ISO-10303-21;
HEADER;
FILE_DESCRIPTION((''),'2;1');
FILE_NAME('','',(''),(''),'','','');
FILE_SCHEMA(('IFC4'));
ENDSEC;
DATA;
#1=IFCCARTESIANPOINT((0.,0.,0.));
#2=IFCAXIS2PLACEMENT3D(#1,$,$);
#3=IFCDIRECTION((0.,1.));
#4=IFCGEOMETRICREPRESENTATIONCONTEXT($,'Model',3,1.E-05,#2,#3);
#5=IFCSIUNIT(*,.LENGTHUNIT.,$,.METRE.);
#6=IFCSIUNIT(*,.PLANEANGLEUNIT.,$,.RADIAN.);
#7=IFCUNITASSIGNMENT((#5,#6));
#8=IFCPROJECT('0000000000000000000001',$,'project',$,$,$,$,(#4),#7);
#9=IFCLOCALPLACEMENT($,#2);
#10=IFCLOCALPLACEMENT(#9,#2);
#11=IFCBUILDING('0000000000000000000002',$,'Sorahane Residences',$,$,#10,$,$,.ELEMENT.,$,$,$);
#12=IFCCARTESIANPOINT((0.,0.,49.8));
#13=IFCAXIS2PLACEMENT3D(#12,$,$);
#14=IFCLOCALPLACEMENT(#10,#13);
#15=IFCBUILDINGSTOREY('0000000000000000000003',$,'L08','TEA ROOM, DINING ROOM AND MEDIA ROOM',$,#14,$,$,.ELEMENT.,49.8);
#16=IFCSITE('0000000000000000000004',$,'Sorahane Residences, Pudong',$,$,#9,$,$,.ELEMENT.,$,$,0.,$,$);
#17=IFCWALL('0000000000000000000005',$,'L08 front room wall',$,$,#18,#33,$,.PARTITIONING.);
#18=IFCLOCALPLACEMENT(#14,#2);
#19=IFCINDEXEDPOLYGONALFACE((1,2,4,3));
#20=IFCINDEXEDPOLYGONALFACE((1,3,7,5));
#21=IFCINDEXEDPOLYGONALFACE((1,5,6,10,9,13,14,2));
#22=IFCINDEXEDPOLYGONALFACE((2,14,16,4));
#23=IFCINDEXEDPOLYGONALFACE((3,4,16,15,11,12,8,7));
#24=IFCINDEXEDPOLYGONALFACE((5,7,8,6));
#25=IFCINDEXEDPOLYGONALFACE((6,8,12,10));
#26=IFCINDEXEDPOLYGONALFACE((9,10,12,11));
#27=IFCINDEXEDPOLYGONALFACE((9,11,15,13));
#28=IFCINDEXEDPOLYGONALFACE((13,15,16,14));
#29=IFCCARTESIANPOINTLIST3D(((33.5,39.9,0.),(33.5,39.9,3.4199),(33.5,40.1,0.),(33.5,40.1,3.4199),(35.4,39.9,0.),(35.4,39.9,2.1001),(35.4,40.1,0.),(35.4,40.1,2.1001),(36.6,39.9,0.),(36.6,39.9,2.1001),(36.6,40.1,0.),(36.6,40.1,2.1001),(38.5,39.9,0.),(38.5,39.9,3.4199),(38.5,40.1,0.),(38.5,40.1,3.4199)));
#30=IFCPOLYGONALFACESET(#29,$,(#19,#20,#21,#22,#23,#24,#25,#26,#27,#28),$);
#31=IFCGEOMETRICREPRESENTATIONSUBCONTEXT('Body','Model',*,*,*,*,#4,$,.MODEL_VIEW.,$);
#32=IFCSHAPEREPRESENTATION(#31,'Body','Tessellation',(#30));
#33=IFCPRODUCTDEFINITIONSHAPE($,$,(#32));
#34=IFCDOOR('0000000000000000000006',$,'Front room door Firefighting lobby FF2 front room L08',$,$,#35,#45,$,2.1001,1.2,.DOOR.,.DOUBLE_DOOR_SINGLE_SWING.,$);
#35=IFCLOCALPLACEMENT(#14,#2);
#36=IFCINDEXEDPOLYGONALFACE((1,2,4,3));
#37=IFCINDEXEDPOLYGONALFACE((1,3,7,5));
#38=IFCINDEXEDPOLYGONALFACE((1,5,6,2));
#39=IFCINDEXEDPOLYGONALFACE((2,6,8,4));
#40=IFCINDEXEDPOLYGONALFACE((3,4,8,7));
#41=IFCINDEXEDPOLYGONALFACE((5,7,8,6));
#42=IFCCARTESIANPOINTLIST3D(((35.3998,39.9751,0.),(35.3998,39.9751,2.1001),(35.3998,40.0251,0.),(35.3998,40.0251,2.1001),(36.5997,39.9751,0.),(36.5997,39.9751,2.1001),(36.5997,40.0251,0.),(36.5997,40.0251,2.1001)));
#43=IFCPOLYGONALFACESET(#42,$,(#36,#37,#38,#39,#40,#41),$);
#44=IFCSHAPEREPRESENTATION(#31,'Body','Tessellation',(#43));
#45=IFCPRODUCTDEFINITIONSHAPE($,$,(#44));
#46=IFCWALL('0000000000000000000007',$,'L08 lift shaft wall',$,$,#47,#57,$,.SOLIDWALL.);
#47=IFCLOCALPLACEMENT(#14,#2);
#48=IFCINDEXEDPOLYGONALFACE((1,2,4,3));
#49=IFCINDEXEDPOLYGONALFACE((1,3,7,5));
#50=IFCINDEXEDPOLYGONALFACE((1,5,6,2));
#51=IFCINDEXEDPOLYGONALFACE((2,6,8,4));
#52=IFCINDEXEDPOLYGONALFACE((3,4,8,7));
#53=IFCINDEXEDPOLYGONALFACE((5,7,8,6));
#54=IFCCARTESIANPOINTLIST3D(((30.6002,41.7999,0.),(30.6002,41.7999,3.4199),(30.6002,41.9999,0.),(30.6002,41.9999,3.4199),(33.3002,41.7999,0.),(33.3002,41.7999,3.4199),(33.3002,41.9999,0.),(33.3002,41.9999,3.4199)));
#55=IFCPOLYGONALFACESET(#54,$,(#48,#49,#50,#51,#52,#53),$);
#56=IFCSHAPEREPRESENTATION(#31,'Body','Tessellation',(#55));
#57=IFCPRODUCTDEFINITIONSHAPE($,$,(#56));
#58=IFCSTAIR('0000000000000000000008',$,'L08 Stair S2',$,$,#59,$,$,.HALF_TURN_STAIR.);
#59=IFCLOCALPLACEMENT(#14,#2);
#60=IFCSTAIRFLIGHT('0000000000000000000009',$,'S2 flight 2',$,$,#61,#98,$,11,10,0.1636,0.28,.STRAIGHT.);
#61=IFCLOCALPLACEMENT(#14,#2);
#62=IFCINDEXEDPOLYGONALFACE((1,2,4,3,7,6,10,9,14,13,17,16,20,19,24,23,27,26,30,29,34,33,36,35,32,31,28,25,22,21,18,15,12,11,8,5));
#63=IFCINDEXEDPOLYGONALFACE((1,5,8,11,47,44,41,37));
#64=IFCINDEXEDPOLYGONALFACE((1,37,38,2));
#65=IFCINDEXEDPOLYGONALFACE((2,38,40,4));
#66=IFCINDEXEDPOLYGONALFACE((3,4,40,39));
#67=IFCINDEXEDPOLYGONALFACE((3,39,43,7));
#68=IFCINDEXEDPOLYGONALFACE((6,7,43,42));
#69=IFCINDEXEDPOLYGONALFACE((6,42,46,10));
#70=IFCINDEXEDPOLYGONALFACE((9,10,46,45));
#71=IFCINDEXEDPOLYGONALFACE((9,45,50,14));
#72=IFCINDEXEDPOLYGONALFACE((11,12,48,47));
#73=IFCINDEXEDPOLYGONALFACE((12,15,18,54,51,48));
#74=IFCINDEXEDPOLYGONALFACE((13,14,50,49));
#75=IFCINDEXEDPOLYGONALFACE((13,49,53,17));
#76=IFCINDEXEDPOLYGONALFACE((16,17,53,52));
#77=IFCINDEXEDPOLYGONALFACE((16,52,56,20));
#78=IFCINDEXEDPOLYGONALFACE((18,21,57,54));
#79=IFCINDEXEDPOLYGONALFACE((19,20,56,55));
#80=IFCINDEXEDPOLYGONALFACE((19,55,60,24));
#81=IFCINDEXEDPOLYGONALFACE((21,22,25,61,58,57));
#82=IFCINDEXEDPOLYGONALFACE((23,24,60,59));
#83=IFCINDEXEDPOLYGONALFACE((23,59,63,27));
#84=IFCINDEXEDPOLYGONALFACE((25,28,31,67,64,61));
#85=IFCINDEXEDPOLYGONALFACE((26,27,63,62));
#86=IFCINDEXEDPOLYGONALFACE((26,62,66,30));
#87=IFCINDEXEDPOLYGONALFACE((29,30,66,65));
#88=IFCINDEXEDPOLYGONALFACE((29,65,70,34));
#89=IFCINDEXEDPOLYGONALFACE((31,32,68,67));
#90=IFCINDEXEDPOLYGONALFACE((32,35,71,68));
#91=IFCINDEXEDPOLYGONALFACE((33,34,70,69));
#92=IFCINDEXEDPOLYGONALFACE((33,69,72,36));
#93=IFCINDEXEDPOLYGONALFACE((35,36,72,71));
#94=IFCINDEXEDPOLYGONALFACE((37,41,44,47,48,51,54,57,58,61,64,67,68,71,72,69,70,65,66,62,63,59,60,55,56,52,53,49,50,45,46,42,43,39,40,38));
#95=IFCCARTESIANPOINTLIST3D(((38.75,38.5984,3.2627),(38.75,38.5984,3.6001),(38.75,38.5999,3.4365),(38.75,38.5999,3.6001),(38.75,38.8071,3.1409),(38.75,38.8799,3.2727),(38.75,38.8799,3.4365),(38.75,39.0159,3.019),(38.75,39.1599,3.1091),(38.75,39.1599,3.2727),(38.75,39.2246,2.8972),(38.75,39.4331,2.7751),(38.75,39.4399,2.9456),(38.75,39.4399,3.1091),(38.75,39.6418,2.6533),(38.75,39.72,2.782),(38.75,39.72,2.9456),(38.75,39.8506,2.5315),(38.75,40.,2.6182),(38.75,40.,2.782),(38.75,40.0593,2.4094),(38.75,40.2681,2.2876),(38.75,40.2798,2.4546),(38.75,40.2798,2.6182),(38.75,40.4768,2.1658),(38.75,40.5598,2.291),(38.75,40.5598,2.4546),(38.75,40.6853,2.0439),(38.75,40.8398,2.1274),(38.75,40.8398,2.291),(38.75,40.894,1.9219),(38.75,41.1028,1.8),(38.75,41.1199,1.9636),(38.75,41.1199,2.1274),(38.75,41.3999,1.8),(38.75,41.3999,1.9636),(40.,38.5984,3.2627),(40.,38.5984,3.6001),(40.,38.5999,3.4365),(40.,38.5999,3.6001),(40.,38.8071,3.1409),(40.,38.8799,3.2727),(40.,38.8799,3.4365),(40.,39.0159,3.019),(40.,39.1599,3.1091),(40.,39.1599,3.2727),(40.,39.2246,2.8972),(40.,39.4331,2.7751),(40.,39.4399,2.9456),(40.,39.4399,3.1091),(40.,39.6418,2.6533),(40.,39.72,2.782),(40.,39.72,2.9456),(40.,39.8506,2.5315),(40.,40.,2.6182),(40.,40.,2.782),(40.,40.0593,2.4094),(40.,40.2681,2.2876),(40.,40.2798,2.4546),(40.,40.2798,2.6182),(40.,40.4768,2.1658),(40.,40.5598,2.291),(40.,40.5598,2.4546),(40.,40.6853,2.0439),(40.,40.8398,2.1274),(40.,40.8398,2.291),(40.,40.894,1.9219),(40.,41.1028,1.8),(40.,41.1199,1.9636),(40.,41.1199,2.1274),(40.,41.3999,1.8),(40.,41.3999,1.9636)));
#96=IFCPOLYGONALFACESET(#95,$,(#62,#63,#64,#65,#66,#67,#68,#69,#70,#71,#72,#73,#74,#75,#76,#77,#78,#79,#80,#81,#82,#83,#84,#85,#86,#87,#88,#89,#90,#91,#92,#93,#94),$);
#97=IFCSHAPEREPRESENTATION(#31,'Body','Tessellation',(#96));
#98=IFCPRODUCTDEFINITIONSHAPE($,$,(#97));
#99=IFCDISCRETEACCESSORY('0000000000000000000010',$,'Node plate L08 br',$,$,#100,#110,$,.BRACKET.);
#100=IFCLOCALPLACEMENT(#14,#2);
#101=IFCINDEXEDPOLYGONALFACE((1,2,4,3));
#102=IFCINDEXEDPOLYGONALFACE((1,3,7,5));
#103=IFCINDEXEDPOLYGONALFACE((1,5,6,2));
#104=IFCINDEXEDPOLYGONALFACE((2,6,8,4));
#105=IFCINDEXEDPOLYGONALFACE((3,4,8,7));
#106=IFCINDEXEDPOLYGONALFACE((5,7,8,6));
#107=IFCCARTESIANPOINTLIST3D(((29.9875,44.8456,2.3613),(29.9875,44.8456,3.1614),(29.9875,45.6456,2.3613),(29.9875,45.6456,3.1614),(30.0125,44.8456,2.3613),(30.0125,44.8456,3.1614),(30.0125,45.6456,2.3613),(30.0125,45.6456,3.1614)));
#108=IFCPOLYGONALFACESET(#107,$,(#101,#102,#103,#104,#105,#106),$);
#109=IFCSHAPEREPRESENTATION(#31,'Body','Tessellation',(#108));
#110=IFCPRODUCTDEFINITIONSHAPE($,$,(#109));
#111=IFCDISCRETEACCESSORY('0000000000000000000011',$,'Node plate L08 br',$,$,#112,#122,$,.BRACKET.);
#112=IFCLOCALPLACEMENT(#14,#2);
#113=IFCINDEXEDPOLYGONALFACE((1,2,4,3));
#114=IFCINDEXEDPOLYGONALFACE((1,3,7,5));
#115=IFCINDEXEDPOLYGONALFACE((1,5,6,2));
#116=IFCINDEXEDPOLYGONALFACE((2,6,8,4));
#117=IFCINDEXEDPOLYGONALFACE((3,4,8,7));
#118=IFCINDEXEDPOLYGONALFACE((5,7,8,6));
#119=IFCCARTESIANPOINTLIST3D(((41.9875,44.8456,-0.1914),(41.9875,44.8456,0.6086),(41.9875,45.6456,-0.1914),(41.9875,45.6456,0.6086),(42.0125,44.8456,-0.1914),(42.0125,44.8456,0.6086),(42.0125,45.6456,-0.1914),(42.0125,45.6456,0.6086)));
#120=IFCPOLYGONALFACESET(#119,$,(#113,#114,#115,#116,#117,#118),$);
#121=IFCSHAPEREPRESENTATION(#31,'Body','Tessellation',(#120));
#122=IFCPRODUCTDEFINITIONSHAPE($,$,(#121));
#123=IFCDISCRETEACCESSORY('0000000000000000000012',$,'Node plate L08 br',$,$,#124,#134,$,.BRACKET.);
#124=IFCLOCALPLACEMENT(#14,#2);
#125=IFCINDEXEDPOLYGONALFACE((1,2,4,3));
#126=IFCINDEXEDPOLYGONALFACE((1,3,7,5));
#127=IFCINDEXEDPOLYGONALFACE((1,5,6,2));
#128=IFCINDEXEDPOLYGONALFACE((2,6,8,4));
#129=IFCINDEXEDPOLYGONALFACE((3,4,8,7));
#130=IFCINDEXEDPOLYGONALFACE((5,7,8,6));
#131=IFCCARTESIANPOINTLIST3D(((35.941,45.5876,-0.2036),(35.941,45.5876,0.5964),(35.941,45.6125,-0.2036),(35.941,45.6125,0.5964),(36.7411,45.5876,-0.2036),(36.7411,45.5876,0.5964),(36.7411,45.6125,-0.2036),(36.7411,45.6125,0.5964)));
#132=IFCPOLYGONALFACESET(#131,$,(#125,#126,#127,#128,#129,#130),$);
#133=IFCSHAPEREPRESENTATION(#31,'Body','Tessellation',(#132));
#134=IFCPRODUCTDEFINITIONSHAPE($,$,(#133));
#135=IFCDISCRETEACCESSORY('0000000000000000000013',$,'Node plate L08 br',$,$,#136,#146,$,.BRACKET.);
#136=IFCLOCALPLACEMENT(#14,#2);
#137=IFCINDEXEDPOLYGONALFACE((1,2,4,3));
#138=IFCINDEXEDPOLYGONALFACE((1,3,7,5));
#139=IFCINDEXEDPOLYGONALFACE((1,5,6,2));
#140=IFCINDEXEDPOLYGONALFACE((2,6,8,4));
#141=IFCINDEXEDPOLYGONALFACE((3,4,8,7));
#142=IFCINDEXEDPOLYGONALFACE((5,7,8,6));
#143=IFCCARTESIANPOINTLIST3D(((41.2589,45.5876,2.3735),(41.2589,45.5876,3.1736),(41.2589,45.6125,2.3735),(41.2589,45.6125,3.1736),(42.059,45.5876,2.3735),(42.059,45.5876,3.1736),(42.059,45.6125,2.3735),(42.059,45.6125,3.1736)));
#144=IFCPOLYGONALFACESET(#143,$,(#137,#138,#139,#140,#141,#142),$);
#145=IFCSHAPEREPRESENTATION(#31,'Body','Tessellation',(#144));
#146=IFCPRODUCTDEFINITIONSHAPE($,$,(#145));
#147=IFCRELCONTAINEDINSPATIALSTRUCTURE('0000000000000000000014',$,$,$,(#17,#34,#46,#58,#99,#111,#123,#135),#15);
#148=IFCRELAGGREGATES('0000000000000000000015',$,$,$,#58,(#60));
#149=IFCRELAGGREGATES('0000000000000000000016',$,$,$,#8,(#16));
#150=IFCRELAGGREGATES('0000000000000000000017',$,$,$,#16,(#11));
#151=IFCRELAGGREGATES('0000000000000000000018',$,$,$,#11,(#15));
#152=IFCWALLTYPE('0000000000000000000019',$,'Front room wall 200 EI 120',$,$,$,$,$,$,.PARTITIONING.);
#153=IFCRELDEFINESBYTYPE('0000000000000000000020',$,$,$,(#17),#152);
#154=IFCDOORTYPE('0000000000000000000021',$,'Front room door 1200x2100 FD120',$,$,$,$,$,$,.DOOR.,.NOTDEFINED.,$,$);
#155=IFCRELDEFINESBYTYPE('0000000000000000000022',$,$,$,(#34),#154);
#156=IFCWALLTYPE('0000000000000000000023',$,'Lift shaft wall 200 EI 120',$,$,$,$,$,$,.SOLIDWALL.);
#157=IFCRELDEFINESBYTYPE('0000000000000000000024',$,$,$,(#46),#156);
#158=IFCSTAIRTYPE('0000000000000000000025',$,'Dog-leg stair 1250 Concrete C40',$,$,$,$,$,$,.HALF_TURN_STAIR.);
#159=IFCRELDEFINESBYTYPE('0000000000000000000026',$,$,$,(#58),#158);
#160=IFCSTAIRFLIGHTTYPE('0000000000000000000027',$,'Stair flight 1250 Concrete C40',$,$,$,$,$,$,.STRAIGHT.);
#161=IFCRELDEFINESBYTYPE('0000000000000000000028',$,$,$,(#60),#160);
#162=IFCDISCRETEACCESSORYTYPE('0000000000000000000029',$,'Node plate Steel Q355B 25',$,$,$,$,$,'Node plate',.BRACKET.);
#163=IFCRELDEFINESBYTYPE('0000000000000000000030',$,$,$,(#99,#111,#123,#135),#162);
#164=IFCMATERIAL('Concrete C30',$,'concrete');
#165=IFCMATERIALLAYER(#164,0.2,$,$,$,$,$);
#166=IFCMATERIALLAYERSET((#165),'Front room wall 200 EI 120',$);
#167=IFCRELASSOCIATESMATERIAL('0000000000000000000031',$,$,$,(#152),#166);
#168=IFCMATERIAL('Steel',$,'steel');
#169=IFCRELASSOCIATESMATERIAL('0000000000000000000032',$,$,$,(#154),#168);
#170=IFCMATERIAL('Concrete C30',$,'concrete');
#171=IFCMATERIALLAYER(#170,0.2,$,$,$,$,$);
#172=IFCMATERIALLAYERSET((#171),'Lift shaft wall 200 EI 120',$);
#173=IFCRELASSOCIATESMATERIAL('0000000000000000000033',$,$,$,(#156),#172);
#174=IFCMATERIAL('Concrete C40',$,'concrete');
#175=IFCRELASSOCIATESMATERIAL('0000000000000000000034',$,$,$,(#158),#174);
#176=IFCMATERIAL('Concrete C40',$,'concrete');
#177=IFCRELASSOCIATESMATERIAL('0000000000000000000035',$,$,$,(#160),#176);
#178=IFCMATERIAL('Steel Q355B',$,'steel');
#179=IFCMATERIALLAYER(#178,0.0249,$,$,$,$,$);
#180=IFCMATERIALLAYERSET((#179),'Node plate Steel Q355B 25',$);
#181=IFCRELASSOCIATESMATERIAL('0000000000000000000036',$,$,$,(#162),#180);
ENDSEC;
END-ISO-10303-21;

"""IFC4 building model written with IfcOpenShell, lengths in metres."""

from ifc_helpers import new_model, si_unit, direction, frame, frame_2d, origin, origin_2d, place, context, subcontext, project, spatial, polyline, rectangle, outline, extrude, material, layer, layer_set, type_object, element, fill, aggregate, save


model = new_model("IFC4")

# Units and contexts
model_context = context("Model", 3, precision=1e-05, world=origin(), true_north=direction((0.0, 1.0)))
body_context = subcontext(model_context, "Body", "Model", "MODEL_VIEW")
ifc_project = project(units=[si_unit("LENGTHUNIT", "METRE"), si_unit("PLANEANGLEUNIT", "RADIAN")], contexts=[model_context])

# Site, building, storey
site_placement = place(None, origin())
site = spatial("IfcSite", under=ifc_project, at=site_placement, Name="Sorahane Residences, Pudong", CompositionType="ELEMENT", RefElevation=0.0)
building_placement = place(site_placement, origin())
building = spatial("IfcBuilding", under=site, at=building_placement, Name="Sorahane Residences", CompositionType="ELEMENT")
storey_placement = place(building_placement, frame((0.0, 0.0, 49.8)))
storey = spatial("IfcBuildingStorey", under=building, at=storey_placement, Name="L08", Description="TEA ROOM, DINING ROOM AND MEDIA ROOM", CompositionType="ELEMENT", Elevation=49.8)

# Wall, opening, door
ifc_material_1 = material(Name="Concrete C30", Category="concrete")
ifc_layer_1 = layer(ifc_material_1, 0.2)
ifc_layer_set_1 = layer_set([ifc_layer_1], Name="Front room wall 200 EI 120")
wall_type_1 = type_object("IfcWallType", Name="Front room wall 200 EI 120", PredefinedType="PARTITIONING", material=ifc_layer_set_1)
wall_1_placement = place(storey_placement, frame((33.5, 40.0, 0.0), z_axis=(0.0, 0.0, 1.0), x_axis=(1.0, 0.0, 0.0)))
wall_1 = element("IfcWall", 1, at=wall_1_placement, inside=storey, type_object=wall_type_1, Name="L08 front room wall", PredefinedType="PARTITIONING", context=body_context, shape_type="SweptSolid", body=[
    extrude(rectangle(XDim=5.0, YDim=0.2, at=frame_2d((2.5, 0.0))), origin(), (0.0, 0.0, 1.0), 3.4199),
])
opening_placement = place(wall_1_placement, frame((1.8999, 0.0, 0.0)))
opening = element("IfcOpeningElement", 2, at=opening_placement, cuts=wall_1, PredefinedType="OPENING", context=body_context, shape_type="SweptSolid", body=[
    extrude(rectangle(XDim=1.2, YDim=2.1001, at=frame_2d((0.6001, 1.05))), frame((0.0, 0.1099, 0.0), z_axis=(0.0, -1.0, 0.0), x_axis=(1.0, 0.0, 0.0)), (0.0, 0.0, 1.0), 0.22),
])
ifc_material_2 = material(Name="Steel", Category="steel")
door_type = type_object("IfcDoorType", Name="Front room door 1200x2100 FD120", OperationType="NOTDEFINED", PredefinedType="DOOR", material=ifc_material_2)
door_placement = place(opening_placement, frame((1.2, 0.0, 0.0), z_axis=(0.0, 0.0, 1.0), x_axis=(-1.0, 0.0, 0.0)))
door = element("IfcDoor", 3, at=door_placement, inside=storey, type_object=door_type, Name="Front room door Firefighting lobby FF2 front room L08", OperationType="DOUBLE_DOOR_SINGLE_SWING", OverallHeight=2.1001, OverallWidth=1.2, PredefinedType="DOOR", context=body_context, shape_type="SweptSolid", body=[
    extrude(rectangle(XDim=1.2, YDim=2.1001, at=frame_2d((0.6001, 1.05))), frame((0.0, 0.0249, 0.0), z_axis=(0.0, -1.0, 0.0), x_axis=(1.0, 0.0, 0.0)), (0.0, 0.0, 1.0), 0.05),
])
fill(opening, door)

# Wall
ifc_material_3 = material(Name="Concrete C30", Category="concrete")
ifc_layer_2 = layer(ifc_material_3, 0.2)
ifc_layer_set_2 = layer_set([ifc_layer_2], Name="Lift shaft wall 200 EI 120")
wall_type_2 = type_object("IfcWallType", Name="Lift shaft wall 200 EI 120", PredefinedType="SOLIDWALL", material=ifc_layer_set_2)
wall_2_placement = place(storey_placement, frame((30.6001, 41.8999, 0.0), z_axis=(0.0, 0.0, 1.0), x_axis=(1.0, 0.0, 0.0)))
element("IfcWall", 4, at=wall_2_placement, inside=storey, type_object=wall_type_2, Name="L08 lift shaft wall", PredefinedType="SOLIDWALL", context=body_context, shape_type="SweptSolid", body=[
    extrude(rectangle(XDim=2.7, YDim=0.2, at=frame_2d((1.3501, 0.0))), origin(), (0.0, 0.0, 1.0), 3.4199),
])

# Stair, stair flight
ifc_material_4 = material(Name="Concrete C40", Category="concrete")
stair_type = type_object("IfcStairType", Name="Dog-leg stair 1250 Concrete C40", PredefinedType="HALF_TURN_STAIR", material=ifc_material_4)
stair_placement = place(storey_placement, origin())
stair = element("IfcStair", 5, at=stair_placement, inside=storey, type_object=stair_type, Name="L08 Stair S2", PredefinedType="HALF_TURN_STAIR")
ifc_material_5 = material(Name="Concrete C40", Category="concrete")
stair_flight_type = type_object("IfcStairFlightType", Name="Stair flight 1250 Concrete C40", PredefinedType="STRAIGHT", material=ifc_material_5)
stair_flight_placement = place(storey_placement, frame((39.375, 41.3999, 1.8), z_axis=(0.0, 0.0, 1.0), x_axis=(0.0, -1.0, 0.0)))
stair_flight = element("IfcStairFlight", 6, at=stair_flight_placement, type_object=stair_flight_type, Name="S2 flight 2", NumberOfRisers=11, NumberOfTreads=10, PredefinedType="STRAIGHT", RiserHeight=0.1636, TreadLength=0.28, context=body_context, shape_type="SweptSolid", body=[
    extrude(outline(polyline([(0.0, 0.0), (0.0, 0.1636), (0.28, 0.1636), (0.28, 0.3274), (0.5601, 0.3274), (0.5601, 0.491), (0.8401, 0.491), (0.8401, 0.6545), (1.1201, 0.6545), (1.1201, 0.8181), (1.3999, 0.8181), (1.3999, 0.9819), (1.6799, 0.9819), (1.6799, 1.1455), (1.96, 1.1455), (1.96, 1.3091), (2.24, 1.3091), (2.24, 1.4727), (2.52, 1.4727), (2.52, 1.6365), (2.8, 1.6365), (2.8, 1.8), (2.8015, 1.8), (2.8015, 1.4626), (2.5928, 1.3408), (2.384, 1.219), (2.1753, 1.0972), (1.9668, 0.9751), (1.7581, 0.8533), (1.5493, 0.7314), (1.3406, 0.6094), (1.1318, 0.4875), (0.9231, 0.3657), (0.7146, 0.2439), (0.5059, 0.1218), (0.2971, 0.0), (0.0, 0.0)])), frame((0.0, 0.625, 0.0), z_axis=(0.0, -1.0, 0.0), x_axis=(1.0, 0.0, 0.0)), (0.0, 0.0, 1.0), 1.25),
])
aggregate(stair, [stair_flight])

# Discrete accessories
ifc_material_6 = material(Name="Steel Q355B", Category="steel")
ifc_layer_3 = layer(ifc_material_6, 0.0249)
ifc_layer_set_3 = layer_set([ifc_layer_3], Name="Node plate Steel Q355B 25")
discrete_accessory_type = type_object("IfcDiscreteAccessoryType", Name="Node plate Steel Q355B 25", ElementType="Node plate", PredefinedType="BRACKET", material=ifc_layer_set_3)
for number, where, z_axis, x_axis, name in (
    (7, (30.0, 45.2456, 2.3613), (0.0, 0.0, 1.0), (0.0, 1.0, 0.0), "Node plate L08 br"),
    (8, (42.0, 45.2456, -0.1914), (0.0, 0.0, 1.0), (0.0, 1.0, 0.0), "Node plate L08 br"),
    (9, (36.3411, 45.6001, -0.2036), (0.0, 0.0, 1.0), (1.0, 0.0, 0.0), "Node plate L08 br"),
    (10, (41.6589, 45.6001, 2.3735), (0.0, 0.0, 1.0), (1.0, 0.0, 0.0), "Node plate L08 br"),
):
    element("IfcDiscreteAccessory", number, at=place(storey_placement, frame(where, z_axis=z_axis, x_axis=x_axis)), inside=storey, type_object=discrete_accessory_type, Name=name, PredefinedType="BRACKET", context=body_context, shape_type="SweptSolid", body=[
        extrude(rectangle(XDim=0.8, YDim=0.0249, at=origin_2d()), origin(), (0.0, 0.0, 1.0), 0.8),
    ])

save(model, "model.ifc")
